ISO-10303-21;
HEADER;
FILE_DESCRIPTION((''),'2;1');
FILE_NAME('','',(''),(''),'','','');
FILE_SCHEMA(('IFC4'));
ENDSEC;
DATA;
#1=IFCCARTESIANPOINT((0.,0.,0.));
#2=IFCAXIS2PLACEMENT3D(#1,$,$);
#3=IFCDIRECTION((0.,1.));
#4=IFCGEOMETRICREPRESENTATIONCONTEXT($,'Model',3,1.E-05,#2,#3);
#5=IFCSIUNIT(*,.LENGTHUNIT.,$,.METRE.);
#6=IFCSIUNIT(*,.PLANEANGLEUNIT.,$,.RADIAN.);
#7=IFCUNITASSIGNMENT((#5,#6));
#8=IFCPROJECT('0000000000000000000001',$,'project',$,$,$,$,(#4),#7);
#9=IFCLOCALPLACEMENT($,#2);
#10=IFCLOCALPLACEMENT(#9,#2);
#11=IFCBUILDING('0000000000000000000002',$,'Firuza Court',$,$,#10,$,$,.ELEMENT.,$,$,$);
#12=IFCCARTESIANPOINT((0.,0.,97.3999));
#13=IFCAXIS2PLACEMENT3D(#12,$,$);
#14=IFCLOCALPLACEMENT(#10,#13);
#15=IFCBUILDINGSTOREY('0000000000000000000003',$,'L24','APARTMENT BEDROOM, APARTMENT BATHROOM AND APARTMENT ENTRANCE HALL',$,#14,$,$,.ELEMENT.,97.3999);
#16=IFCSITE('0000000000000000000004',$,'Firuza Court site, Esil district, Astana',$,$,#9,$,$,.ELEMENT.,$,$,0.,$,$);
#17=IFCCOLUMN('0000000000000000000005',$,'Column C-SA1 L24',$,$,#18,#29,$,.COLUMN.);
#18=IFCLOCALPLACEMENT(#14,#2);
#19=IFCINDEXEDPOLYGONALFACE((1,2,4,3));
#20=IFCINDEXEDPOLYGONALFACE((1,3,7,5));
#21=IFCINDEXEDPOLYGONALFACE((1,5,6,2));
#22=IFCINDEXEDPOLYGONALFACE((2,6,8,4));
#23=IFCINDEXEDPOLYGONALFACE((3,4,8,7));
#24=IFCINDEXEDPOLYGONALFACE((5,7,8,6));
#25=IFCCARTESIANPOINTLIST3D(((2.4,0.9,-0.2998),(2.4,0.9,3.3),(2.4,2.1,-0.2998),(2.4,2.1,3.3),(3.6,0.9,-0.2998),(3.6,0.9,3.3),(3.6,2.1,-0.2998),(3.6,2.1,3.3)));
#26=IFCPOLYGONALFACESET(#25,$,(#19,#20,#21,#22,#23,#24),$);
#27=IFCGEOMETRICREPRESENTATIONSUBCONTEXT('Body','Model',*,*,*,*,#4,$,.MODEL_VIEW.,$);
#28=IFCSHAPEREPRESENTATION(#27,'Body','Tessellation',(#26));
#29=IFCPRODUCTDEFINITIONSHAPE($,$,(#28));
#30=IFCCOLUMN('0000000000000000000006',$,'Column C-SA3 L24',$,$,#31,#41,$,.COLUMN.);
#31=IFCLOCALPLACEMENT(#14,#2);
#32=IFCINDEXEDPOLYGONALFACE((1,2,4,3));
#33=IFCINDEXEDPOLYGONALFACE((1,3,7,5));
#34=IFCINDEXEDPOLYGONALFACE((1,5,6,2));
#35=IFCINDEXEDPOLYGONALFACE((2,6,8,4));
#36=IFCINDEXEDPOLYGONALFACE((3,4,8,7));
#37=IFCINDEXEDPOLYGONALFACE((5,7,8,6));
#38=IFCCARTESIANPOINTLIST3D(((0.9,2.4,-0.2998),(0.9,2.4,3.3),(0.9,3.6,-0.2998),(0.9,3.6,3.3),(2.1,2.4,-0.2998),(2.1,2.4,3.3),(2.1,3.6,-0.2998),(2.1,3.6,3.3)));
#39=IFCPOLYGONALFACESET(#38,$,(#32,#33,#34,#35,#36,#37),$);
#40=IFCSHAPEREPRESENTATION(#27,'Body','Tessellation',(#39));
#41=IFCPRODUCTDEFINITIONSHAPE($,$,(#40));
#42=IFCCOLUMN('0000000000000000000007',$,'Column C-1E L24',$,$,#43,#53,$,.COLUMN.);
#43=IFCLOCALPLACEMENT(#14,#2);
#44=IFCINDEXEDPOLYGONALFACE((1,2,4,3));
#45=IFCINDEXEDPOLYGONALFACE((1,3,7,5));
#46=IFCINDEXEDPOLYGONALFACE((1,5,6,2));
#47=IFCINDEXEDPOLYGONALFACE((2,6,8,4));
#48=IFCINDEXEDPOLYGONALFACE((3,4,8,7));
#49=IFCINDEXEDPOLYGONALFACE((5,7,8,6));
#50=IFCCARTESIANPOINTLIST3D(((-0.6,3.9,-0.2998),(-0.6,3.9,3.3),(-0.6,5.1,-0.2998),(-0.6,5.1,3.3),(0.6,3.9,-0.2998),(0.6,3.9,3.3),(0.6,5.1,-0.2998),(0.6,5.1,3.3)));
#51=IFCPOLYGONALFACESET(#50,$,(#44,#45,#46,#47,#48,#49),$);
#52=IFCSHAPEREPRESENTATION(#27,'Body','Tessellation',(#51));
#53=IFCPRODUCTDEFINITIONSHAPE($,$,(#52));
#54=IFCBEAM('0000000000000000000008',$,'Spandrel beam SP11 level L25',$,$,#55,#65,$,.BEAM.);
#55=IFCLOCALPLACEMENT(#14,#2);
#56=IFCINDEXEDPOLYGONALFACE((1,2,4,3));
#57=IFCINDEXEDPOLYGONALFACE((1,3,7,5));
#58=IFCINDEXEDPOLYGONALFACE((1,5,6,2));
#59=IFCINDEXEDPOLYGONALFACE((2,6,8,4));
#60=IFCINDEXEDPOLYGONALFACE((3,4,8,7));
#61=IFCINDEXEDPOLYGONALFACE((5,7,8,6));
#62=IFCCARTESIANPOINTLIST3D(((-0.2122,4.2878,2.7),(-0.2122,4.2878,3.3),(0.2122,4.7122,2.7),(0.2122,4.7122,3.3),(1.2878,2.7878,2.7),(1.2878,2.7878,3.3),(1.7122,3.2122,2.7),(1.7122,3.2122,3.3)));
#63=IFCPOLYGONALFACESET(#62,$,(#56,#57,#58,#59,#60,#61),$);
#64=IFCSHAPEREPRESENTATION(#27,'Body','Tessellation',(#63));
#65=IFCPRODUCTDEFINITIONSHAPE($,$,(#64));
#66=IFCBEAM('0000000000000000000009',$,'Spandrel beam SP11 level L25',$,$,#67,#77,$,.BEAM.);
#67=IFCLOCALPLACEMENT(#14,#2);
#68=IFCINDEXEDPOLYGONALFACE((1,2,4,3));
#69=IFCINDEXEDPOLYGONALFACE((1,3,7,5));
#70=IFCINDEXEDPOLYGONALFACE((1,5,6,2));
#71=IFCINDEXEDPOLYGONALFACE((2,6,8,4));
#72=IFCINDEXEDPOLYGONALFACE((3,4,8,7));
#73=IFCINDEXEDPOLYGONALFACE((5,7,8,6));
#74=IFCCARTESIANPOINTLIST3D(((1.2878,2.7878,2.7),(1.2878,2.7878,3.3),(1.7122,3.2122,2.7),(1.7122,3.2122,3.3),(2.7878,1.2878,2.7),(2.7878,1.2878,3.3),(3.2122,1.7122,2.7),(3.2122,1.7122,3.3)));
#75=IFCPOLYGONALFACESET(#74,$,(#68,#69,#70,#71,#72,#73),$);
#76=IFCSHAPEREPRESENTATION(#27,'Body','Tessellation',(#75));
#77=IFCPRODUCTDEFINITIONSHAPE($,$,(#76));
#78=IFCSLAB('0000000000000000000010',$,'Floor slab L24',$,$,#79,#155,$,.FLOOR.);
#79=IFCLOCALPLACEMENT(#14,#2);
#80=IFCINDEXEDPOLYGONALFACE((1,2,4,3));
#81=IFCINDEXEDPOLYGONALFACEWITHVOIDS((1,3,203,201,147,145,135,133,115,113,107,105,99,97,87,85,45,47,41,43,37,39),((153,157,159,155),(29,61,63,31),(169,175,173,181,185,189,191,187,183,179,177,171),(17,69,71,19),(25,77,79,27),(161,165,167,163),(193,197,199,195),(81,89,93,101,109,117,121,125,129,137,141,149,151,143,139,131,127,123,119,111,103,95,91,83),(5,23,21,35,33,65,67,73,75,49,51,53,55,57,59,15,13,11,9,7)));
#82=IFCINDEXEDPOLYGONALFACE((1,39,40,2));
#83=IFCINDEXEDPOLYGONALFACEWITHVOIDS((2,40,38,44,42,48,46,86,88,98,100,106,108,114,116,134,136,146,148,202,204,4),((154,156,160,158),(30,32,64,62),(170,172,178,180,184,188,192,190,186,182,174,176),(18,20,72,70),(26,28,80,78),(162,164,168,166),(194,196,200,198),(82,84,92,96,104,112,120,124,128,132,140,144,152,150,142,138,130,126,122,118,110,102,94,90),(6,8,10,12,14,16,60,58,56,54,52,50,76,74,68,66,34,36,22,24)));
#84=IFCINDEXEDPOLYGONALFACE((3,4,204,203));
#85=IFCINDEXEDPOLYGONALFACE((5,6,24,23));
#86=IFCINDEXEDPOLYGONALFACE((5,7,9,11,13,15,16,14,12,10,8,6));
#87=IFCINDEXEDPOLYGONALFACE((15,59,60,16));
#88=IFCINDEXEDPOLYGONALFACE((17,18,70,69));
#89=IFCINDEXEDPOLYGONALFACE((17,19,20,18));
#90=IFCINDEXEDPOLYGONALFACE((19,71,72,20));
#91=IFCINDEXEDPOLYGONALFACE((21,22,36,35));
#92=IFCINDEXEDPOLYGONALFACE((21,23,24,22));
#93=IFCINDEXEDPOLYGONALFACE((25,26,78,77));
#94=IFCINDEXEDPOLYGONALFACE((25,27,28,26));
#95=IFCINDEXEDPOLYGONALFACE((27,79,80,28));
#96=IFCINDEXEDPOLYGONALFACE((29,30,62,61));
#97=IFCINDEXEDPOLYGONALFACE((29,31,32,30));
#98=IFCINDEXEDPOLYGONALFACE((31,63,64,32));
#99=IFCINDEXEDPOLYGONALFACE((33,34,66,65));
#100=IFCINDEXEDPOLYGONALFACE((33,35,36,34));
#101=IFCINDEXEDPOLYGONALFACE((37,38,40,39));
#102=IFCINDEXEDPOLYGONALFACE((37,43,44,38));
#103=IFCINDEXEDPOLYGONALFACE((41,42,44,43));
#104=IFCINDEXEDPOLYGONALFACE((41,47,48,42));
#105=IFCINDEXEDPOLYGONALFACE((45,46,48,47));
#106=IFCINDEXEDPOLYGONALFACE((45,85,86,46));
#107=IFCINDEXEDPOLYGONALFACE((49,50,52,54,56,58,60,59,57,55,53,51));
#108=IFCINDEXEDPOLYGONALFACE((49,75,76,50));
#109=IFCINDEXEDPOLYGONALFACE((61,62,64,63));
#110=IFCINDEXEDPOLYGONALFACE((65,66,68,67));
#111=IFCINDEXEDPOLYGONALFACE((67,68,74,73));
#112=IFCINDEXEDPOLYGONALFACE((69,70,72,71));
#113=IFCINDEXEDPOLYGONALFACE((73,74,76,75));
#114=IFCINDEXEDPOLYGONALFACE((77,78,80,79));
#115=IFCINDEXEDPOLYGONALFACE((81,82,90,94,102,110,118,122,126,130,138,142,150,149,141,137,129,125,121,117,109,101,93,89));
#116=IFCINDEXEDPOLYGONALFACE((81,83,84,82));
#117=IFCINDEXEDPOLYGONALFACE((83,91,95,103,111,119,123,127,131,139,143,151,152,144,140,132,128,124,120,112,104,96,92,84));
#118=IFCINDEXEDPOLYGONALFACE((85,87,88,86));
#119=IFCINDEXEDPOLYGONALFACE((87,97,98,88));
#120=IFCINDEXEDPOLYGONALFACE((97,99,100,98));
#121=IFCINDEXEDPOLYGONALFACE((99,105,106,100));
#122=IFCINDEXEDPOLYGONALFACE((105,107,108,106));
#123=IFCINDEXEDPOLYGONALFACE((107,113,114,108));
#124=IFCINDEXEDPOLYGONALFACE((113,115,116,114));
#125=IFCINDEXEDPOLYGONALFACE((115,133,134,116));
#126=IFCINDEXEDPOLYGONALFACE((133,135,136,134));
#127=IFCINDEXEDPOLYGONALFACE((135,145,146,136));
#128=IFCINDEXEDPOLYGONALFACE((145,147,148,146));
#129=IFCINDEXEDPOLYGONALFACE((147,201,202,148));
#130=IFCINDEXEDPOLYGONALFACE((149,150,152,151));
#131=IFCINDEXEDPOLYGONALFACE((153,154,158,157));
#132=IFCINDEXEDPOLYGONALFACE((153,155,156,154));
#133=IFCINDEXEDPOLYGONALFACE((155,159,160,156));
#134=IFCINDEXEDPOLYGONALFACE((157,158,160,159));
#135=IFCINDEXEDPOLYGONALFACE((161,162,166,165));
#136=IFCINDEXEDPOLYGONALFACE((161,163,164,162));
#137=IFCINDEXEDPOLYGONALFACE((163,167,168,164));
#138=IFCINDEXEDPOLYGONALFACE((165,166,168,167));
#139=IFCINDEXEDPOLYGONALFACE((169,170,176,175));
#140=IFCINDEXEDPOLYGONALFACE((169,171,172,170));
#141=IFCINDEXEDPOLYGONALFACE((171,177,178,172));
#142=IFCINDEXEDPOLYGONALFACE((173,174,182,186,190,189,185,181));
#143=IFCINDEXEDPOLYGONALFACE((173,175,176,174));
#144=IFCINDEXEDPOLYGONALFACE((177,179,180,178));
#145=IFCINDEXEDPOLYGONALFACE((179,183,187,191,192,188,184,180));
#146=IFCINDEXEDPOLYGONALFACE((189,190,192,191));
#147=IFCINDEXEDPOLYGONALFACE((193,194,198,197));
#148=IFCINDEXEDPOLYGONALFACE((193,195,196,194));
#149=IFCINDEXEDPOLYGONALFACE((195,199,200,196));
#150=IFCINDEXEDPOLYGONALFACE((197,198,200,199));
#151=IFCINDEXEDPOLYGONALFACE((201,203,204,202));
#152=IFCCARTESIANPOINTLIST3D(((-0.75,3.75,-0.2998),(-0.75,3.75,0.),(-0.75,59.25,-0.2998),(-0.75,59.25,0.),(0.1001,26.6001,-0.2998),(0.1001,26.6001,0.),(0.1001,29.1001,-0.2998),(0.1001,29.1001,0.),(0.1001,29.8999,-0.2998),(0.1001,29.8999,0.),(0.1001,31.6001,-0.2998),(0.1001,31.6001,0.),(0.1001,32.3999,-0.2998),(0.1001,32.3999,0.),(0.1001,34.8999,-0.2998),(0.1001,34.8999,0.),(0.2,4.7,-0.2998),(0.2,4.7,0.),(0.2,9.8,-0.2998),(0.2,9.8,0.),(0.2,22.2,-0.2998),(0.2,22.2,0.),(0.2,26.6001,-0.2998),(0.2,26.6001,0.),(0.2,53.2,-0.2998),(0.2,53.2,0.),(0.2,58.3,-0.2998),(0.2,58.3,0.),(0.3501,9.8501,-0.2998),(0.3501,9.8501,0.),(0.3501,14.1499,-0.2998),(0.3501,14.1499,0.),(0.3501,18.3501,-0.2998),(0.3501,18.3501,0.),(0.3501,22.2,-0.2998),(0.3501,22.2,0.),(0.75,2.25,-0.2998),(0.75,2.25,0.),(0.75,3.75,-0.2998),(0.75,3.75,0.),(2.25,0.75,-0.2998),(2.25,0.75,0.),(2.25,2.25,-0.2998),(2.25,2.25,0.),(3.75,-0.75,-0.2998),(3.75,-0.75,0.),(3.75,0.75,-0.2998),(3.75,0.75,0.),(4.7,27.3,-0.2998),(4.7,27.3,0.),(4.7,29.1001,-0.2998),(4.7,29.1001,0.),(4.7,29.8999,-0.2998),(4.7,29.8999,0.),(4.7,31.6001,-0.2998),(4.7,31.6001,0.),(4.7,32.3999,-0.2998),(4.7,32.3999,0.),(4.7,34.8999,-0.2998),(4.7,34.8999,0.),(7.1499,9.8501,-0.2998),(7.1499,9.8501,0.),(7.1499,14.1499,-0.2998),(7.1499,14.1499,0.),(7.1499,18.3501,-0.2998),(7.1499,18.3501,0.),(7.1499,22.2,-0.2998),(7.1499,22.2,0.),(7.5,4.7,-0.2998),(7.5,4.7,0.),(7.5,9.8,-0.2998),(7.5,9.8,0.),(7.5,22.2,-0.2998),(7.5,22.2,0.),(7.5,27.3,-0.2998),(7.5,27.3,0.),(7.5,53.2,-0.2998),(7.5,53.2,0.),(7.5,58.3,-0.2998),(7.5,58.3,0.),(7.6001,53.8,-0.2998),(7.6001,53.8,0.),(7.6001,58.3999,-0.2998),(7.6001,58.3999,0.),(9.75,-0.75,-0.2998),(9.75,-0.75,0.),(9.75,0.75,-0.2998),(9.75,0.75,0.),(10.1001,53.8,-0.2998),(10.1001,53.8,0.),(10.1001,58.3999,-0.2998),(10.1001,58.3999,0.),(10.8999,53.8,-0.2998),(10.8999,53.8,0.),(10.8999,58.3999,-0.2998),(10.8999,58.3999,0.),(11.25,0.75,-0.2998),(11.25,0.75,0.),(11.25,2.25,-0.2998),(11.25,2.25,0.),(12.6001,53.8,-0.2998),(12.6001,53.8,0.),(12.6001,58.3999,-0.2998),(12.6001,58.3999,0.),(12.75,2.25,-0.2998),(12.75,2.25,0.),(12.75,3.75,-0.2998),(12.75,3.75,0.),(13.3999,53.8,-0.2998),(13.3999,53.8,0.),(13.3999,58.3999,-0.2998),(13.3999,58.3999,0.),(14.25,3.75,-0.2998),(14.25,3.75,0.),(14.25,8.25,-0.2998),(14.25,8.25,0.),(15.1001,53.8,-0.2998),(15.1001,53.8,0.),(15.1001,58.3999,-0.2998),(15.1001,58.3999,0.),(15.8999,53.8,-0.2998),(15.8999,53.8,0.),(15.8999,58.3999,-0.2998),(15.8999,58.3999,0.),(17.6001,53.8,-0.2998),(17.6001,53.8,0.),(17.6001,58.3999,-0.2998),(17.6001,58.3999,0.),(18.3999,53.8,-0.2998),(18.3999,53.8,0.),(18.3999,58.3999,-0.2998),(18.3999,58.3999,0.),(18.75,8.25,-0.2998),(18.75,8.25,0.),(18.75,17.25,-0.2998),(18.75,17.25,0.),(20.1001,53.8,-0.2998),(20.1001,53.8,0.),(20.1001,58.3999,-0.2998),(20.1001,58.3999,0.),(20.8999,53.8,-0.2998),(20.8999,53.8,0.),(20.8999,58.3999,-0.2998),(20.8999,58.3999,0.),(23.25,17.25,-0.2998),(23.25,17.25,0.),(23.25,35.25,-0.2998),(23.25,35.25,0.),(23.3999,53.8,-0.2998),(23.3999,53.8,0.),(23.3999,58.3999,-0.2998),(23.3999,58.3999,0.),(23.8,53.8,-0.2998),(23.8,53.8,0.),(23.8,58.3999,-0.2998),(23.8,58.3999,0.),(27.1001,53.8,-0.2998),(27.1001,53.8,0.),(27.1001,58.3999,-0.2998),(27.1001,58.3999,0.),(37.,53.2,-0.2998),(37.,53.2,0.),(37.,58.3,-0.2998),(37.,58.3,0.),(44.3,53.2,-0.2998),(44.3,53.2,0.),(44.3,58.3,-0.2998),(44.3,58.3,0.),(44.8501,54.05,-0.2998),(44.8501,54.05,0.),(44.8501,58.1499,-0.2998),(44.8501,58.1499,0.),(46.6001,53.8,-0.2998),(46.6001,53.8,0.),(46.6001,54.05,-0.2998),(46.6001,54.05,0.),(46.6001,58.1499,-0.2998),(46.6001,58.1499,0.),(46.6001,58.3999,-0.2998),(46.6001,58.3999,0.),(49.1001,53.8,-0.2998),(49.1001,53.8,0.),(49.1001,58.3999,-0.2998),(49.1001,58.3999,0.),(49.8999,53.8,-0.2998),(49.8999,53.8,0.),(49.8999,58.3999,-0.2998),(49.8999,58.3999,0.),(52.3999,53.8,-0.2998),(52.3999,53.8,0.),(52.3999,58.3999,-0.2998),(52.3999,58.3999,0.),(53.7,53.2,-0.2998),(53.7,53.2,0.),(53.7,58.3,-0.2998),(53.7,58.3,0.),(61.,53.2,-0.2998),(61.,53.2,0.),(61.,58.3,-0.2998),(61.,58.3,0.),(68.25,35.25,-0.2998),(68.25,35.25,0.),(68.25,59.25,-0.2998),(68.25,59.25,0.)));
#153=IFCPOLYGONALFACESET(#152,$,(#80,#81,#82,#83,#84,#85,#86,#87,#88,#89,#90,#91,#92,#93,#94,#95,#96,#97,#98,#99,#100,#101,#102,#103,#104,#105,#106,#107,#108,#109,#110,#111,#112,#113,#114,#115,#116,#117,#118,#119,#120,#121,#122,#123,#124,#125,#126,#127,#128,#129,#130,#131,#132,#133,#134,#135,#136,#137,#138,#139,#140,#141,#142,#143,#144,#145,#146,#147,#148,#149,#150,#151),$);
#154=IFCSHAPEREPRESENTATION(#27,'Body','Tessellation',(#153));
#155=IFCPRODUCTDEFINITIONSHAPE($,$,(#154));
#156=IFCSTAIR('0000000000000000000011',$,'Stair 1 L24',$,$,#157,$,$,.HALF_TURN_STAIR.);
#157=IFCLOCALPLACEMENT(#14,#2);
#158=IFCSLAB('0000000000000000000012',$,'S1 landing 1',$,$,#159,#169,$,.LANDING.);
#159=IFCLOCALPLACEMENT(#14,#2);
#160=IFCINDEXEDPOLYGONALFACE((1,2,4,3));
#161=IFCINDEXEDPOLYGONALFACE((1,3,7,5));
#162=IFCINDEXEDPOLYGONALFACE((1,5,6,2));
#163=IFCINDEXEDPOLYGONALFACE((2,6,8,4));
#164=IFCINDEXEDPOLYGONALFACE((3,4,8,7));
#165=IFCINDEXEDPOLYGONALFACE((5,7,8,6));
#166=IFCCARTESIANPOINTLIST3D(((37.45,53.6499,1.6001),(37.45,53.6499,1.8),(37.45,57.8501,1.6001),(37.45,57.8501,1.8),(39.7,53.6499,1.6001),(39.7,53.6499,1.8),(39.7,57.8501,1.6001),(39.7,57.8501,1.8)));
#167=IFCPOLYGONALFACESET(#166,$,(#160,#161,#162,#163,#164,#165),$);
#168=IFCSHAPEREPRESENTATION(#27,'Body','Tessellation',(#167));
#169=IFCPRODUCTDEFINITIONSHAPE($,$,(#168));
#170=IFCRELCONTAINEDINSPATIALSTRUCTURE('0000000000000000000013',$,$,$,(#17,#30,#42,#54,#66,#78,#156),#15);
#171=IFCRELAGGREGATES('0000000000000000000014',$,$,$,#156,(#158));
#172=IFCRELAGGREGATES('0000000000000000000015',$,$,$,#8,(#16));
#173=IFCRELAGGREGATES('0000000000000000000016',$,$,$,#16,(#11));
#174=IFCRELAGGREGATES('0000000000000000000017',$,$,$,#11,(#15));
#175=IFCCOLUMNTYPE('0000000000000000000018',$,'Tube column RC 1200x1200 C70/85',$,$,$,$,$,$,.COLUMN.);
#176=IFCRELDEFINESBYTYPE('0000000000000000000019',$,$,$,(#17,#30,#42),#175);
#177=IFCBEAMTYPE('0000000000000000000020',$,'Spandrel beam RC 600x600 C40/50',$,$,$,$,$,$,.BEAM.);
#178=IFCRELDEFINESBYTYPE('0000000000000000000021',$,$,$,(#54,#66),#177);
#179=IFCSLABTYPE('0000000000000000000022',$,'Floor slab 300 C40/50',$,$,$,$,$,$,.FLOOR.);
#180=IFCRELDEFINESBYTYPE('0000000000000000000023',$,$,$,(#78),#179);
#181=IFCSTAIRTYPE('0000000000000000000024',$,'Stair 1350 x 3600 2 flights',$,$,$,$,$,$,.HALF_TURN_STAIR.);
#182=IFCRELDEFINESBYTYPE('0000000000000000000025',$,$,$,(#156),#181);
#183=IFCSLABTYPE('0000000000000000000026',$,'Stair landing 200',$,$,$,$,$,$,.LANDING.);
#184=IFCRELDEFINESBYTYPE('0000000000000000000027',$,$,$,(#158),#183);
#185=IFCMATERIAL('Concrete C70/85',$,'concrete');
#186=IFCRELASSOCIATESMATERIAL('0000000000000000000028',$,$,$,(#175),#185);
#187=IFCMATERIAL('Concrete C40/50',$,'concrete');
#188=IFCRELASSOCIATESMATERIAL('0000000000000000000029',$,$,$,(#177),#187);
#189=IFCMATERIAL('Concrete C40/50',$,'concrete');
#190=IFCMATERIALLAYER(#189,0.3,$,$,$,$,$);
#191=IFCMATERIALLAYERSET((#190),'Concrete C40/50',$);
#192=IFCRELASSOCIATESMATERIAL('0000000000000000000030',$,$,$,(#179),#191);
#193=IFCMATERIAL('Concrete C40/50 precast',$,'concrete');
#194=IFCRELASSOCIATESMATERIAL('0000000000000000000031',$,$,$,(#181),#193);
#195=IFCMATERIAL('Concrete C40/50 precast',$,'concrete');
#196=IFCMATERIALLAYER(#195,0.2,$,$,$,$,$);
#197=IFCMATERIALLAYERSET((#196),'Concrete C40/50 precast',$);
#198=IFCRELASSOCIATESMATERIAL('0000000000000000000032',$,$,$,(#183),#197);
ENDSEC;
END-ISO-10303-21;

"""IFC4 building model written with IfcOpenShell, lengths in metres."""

from ifc_helpers import new_model, si_unit, direction, frame, origin, origin_2d, place, context, subcontext, project, spatial, polyline, rectangle, outline, extrude, material, layer, layer_set, material_profile, profile_set, type_object, element, aggregate, save


model = new_model("IFC4")

# Units and contexts
model_context = context("Model", 3, precision=1e-05, world=origin(), true_north=direction((0.0, 1.0)))
body_context = subcontext(model_context, "Body", "Model", "MODEL_VIEW")
ifc_project = project(units=[si_unit("LENGTHUNIT", "METRE"), si_unit("PLANEANGLEUNIT", "RADIAN")], contexts=[model_context])

# Site, building, storey
site_placement = place(None, origin())
site = spatial("IfcSite", under=ifc_project, at=site_placement, Name="Firuza Court site, Esil district, Astana", CompositionType="ELEMENT", RefElevation=0.0)
building_placement = place(site_placement, origin())
building = spatial("IfcBuilding", under=site, at=building_placement, Name="Firuza Court", CompositionType="ELEMENT")
storey_placement = place(building_placement, frame((0.0, 0.0, 97.3999)))
storey = spatial("IfcBuildingStorey", under=building, at=storey_placement, Name="L24", Description="APARTMENT BEDROOM, APARTMENT BATHROOM AND APARTMENT ENTRANCE HALL", CompositionType="ELEMENT", Elevation=97.3999)

# Columns
ifc_material_1 = material(Name="Concrete C70/85", Category="concrete")
ifc_material_profile_1 = material_profile(ifc_material_1, rectangle(XDim=1.2, YDim=1.2, at=origin_2d()), Name="RC 1200x1200")
ifc_profile_set_1 = profile_set([ifc_material_profile_1], Name="Concrete C70/85")
column_type = type_object("IfcColumnType", Name="Tube column RC 1200x1200 C70/85", PredefinedType="COLUMN", material=ifc_profile_set_1)
for number, where, z_axis, x_axis, name in (
    (1, (3.0, 1.5, -0.2998), (0.0, 0.0, 1.0), (1.0, 0.0, 0.0), "Column C-SA1 L24"),
    (2, (1.5, 3.0, -0.2998), (0.0, 0.0, 1.0), (1.0, 0.0, 0.0), "Column C-SA3 L24"),
    (3, (0.0, 4.5, -0.2998), (0.0, 0.0, 1.0), (1.0, 0.0, 0.0), "Column C-1E L24"),
):
    element("IfcColumn", number, at=place(storey_placement, frame(where, z_axis=z_axis, x_axis=x_axis)), inside=storey, type_object=column_type, Name=name, PredefinedType="COLUMN", context=body_context, shape_type="SweptSolid", body=[
        extrude(rectangle(XDim=1.2, YDim=1.2, at=origin_2d()), origin(), (0.0, 0.0, 1.0), 3.5999),
    ])

# Beams
ifc_material_2 = material(Name="Concrete C40/50", Category="concrete")
ifc_material_profile_2 = material_profile(ifc_material_2, rectangle(XDim=0.6001, YDim=0.6001, at=origin_2d()), Name="RC 600x600")
ifc_profile_set_2 = profile_set([ifc_material_profile_2], Name="Concrete C40/50")
beam_type = type_object("IfcBeamType", Name="Spandrel beam RC 600x600 C40/50", PredefinedType="BEAM", material=ifc_profile_set_2)
for number, where, z_axis, x_axis, name in (
    (4, (0.0, 4.5, 3.0), (0.707107, -0.707107, 0.0), (0.707107, 0.707107, 0.0), "Spandrel beam SP11 level L25"),
    (5, (1.5, 3.0, 3.0), (0.707107, -0.707107, 0.0), (0.707107, 0.707107, 0.0), "Spandrel beam SP11 level L25"),
):
    element("IfcBeam", number, at=place(storey_placement, frame(where, z_axis=z_axis, x_axis=x_axis)), inside=storey, type_object=beam_type, Name=name, PredefinedType="BEAM", context=body_context, shape_type="SweptSolid", body=[
        extrude(rectangle(XDim=0.6001, YDim=0.6001, at=origin_2d()), origin(), (0.0, 0.0, 1.0), 2.1213),
    ])

# Slab
ifc_material_3 = material(Name="Concrete C40/50", Category="concrete")
ifc_layer_1 = layer(ifc_material_3, 0.3)
ifc_layer_set_1 = layer_set([ifc_layer_1], Name="Concrete C40/50")
slab_type_1 = type_object("IfcSlabType", Name="Floor slab 300 C40/50", PredefinedType="FLOOR", material=ifc_layer_set_1)
slab_1_placement = place(storey_placement, frame((0.0, 0.0, -0.2998)))
element("IfcSlab", 6, at=slab_1_placement, inside=storey, type_object=slab_type_1, Name="Floor slab L24", PredefinedType="FLOOR", context=body_context, shape_type="SweptSolid", body=[
    extrude(outline(polyline([(3.75, -0.75), (3.75, 0.75), (2.25, 0.75), (2.25, 2.25), (0.75, 2.25), (0.75, 3.75), (-0.75, 3.75), (-0.75, 59.25), (68.25, 59.25), (68.25, 35.25), (23.25, 35.25), (23.25, 17.25), (18.75, 17.25), (18.75, 8.25), (14.25, 8.25), (14.25, 3.75), (12.75, 3.75), (12.75, 2.25), (11.25, 2.25), (11.25, 0.75), (9.75, 0.75), (9.75, -0.75), (3.75, -0.75)]), holes=[polyline([(7.5, 9.8), (0.2, 9.8), (0.2, 4.7), (7.5, 4.7), (7.5, 9.8)]), polyline([(7.1499, 14.1499), (0.3501, 14.1499), (0.3501, 9.8501), (7.1499, 9.8501), (7.1499, 14.1499)]), polyline([(0.2, 22.2), (0.3501, 22.2), (0.3501, 18.3501), (7.1499, 18.3501), (7.1499, 22.2), (7.5, 22.2), (7.5, 27.3), (4.7, 27.3), (4.7, 29.1001), (4.7, 29.8999), (4.7, 31.6001), (4.7, 32.3999), (4.7, 34.8999), (0.1001, 34.8999), (0.1001, 32.3999), (0.1001, 31.6001), (0.1001, 29.8999), (0.1001, 29.1001), (0.1001, 26.6001), (0.2, 26.6001), (0.2, 22.2)]), polyline([(7.5, 58.3), (0.2, 58.3), (0.2, 53.2), (7.5, 53.2), (7.5, 58.3)]), polyline([(10.1001, 58.3999), (7.6001, 58.3999), (7.6001, 53.8), (10.1001, 53.8), (10.8999, 53.8), (12.6001, 53.8), (13.3999, 53.8), (15.1001, 53.8), (15.8999, 53.8), (17.6001, 53.8), (18.3999, 53.8), (20.1001, 53.8), (20.8999, 53.8), (23.3999, 53.8), (23.3999, 58.3999), (20.8999, 58.3999), (20.1001, 58.3999), (18.3999, 58.3999), (17.6001, 58.3999), (15.8999, 58.3999), (15.1001, 58.3999), (13.3999, 58.3999), (12.6001, 58.3999), (10.8999, 58.3999), (10.1001, 58.3999)]), polyline([(44.3, 58.3), (37.0, 58.3), (37.0, 53.2), (44.3, 53.2), (44.3, 58.3)]), polyline([(61.0, 58.3), (53.7, 58.3), (53.7, 53.2), (61.0, 53.2), (61.0, 58.3)]), polyline([(27.1001, 58.3999), (23.8, 58.3999), (23.8, 53.8), (27.1001, 53.8), (27.1001, 58.3999)]), polyline([(46.6001, 58.1499), (44.8501, 58.1499), (44.8501, 54.05), (46.6001, 54.05), (46.6001, 53.8), (49.1001, 53.8), (49.8999, 53.8), (52.3999, 53.8), (52.3999, 58.3999), (49.8999, 58.3999), (49.1001, 58.3999), (46.6001, 58.3999), (46.6001, 58.1499)])]), origin(), (0.0, 0.0, 1.0), 0.2998),
])

# Stair, slab
ifc_material_4 = material(Name="Concrete C40/50 precast", Category="concrete")
stair_type = type_object("IfcStairType", Name="Stair 1350 x 3600 2 flights", PredefinedType="HALF_TURN_STAIR", material=ifc_material_4)
stair_1_placement = place(storey_placement, origin())
stair_1 = element("IfcStair", 7, at=stair_1_placement, inside=storey, type_object=stair_type, Name="Stair 1 L24", PredefinedType="HALF_TURN_STAIR")
ifc_material_5 = material(Name="Concrete C40/50 precast", Category="concrete")
ifc_layer_2 = layer(ifc_material_5, 0.2)
ifc_layer_set_2 = layer_set([ifc_layer_2], Name="Concrete C40/50 precast")
slab_type_2 = type_object("IfcSlabType", Name="Stair landing 200", PredefinedType="LANDING", material=ifc_layer_set_2)
slab_2_placement = place(storey_placement, frame((0.0, 0.0, 1.6001)))
slab_2 = element("IfcSlab", 8, at=slab_2_placement, type_object=slab_type_2, Name="S1 landing 1", PredefinedType="LANDING", context=body_context, shape_type="SweptSolid", body=[
    extrude(outline(polyline([(39.7, 53.6499), (39.7, 57.8501), (37.45, 57.8501), (37.45, 53.6499), (39.7, 53.6499)])), origin(), (0.0, 0.0, 1.0), 0.2),
])
aggregate(stair_1, [slab_2])

save(model, "model.ifc")
